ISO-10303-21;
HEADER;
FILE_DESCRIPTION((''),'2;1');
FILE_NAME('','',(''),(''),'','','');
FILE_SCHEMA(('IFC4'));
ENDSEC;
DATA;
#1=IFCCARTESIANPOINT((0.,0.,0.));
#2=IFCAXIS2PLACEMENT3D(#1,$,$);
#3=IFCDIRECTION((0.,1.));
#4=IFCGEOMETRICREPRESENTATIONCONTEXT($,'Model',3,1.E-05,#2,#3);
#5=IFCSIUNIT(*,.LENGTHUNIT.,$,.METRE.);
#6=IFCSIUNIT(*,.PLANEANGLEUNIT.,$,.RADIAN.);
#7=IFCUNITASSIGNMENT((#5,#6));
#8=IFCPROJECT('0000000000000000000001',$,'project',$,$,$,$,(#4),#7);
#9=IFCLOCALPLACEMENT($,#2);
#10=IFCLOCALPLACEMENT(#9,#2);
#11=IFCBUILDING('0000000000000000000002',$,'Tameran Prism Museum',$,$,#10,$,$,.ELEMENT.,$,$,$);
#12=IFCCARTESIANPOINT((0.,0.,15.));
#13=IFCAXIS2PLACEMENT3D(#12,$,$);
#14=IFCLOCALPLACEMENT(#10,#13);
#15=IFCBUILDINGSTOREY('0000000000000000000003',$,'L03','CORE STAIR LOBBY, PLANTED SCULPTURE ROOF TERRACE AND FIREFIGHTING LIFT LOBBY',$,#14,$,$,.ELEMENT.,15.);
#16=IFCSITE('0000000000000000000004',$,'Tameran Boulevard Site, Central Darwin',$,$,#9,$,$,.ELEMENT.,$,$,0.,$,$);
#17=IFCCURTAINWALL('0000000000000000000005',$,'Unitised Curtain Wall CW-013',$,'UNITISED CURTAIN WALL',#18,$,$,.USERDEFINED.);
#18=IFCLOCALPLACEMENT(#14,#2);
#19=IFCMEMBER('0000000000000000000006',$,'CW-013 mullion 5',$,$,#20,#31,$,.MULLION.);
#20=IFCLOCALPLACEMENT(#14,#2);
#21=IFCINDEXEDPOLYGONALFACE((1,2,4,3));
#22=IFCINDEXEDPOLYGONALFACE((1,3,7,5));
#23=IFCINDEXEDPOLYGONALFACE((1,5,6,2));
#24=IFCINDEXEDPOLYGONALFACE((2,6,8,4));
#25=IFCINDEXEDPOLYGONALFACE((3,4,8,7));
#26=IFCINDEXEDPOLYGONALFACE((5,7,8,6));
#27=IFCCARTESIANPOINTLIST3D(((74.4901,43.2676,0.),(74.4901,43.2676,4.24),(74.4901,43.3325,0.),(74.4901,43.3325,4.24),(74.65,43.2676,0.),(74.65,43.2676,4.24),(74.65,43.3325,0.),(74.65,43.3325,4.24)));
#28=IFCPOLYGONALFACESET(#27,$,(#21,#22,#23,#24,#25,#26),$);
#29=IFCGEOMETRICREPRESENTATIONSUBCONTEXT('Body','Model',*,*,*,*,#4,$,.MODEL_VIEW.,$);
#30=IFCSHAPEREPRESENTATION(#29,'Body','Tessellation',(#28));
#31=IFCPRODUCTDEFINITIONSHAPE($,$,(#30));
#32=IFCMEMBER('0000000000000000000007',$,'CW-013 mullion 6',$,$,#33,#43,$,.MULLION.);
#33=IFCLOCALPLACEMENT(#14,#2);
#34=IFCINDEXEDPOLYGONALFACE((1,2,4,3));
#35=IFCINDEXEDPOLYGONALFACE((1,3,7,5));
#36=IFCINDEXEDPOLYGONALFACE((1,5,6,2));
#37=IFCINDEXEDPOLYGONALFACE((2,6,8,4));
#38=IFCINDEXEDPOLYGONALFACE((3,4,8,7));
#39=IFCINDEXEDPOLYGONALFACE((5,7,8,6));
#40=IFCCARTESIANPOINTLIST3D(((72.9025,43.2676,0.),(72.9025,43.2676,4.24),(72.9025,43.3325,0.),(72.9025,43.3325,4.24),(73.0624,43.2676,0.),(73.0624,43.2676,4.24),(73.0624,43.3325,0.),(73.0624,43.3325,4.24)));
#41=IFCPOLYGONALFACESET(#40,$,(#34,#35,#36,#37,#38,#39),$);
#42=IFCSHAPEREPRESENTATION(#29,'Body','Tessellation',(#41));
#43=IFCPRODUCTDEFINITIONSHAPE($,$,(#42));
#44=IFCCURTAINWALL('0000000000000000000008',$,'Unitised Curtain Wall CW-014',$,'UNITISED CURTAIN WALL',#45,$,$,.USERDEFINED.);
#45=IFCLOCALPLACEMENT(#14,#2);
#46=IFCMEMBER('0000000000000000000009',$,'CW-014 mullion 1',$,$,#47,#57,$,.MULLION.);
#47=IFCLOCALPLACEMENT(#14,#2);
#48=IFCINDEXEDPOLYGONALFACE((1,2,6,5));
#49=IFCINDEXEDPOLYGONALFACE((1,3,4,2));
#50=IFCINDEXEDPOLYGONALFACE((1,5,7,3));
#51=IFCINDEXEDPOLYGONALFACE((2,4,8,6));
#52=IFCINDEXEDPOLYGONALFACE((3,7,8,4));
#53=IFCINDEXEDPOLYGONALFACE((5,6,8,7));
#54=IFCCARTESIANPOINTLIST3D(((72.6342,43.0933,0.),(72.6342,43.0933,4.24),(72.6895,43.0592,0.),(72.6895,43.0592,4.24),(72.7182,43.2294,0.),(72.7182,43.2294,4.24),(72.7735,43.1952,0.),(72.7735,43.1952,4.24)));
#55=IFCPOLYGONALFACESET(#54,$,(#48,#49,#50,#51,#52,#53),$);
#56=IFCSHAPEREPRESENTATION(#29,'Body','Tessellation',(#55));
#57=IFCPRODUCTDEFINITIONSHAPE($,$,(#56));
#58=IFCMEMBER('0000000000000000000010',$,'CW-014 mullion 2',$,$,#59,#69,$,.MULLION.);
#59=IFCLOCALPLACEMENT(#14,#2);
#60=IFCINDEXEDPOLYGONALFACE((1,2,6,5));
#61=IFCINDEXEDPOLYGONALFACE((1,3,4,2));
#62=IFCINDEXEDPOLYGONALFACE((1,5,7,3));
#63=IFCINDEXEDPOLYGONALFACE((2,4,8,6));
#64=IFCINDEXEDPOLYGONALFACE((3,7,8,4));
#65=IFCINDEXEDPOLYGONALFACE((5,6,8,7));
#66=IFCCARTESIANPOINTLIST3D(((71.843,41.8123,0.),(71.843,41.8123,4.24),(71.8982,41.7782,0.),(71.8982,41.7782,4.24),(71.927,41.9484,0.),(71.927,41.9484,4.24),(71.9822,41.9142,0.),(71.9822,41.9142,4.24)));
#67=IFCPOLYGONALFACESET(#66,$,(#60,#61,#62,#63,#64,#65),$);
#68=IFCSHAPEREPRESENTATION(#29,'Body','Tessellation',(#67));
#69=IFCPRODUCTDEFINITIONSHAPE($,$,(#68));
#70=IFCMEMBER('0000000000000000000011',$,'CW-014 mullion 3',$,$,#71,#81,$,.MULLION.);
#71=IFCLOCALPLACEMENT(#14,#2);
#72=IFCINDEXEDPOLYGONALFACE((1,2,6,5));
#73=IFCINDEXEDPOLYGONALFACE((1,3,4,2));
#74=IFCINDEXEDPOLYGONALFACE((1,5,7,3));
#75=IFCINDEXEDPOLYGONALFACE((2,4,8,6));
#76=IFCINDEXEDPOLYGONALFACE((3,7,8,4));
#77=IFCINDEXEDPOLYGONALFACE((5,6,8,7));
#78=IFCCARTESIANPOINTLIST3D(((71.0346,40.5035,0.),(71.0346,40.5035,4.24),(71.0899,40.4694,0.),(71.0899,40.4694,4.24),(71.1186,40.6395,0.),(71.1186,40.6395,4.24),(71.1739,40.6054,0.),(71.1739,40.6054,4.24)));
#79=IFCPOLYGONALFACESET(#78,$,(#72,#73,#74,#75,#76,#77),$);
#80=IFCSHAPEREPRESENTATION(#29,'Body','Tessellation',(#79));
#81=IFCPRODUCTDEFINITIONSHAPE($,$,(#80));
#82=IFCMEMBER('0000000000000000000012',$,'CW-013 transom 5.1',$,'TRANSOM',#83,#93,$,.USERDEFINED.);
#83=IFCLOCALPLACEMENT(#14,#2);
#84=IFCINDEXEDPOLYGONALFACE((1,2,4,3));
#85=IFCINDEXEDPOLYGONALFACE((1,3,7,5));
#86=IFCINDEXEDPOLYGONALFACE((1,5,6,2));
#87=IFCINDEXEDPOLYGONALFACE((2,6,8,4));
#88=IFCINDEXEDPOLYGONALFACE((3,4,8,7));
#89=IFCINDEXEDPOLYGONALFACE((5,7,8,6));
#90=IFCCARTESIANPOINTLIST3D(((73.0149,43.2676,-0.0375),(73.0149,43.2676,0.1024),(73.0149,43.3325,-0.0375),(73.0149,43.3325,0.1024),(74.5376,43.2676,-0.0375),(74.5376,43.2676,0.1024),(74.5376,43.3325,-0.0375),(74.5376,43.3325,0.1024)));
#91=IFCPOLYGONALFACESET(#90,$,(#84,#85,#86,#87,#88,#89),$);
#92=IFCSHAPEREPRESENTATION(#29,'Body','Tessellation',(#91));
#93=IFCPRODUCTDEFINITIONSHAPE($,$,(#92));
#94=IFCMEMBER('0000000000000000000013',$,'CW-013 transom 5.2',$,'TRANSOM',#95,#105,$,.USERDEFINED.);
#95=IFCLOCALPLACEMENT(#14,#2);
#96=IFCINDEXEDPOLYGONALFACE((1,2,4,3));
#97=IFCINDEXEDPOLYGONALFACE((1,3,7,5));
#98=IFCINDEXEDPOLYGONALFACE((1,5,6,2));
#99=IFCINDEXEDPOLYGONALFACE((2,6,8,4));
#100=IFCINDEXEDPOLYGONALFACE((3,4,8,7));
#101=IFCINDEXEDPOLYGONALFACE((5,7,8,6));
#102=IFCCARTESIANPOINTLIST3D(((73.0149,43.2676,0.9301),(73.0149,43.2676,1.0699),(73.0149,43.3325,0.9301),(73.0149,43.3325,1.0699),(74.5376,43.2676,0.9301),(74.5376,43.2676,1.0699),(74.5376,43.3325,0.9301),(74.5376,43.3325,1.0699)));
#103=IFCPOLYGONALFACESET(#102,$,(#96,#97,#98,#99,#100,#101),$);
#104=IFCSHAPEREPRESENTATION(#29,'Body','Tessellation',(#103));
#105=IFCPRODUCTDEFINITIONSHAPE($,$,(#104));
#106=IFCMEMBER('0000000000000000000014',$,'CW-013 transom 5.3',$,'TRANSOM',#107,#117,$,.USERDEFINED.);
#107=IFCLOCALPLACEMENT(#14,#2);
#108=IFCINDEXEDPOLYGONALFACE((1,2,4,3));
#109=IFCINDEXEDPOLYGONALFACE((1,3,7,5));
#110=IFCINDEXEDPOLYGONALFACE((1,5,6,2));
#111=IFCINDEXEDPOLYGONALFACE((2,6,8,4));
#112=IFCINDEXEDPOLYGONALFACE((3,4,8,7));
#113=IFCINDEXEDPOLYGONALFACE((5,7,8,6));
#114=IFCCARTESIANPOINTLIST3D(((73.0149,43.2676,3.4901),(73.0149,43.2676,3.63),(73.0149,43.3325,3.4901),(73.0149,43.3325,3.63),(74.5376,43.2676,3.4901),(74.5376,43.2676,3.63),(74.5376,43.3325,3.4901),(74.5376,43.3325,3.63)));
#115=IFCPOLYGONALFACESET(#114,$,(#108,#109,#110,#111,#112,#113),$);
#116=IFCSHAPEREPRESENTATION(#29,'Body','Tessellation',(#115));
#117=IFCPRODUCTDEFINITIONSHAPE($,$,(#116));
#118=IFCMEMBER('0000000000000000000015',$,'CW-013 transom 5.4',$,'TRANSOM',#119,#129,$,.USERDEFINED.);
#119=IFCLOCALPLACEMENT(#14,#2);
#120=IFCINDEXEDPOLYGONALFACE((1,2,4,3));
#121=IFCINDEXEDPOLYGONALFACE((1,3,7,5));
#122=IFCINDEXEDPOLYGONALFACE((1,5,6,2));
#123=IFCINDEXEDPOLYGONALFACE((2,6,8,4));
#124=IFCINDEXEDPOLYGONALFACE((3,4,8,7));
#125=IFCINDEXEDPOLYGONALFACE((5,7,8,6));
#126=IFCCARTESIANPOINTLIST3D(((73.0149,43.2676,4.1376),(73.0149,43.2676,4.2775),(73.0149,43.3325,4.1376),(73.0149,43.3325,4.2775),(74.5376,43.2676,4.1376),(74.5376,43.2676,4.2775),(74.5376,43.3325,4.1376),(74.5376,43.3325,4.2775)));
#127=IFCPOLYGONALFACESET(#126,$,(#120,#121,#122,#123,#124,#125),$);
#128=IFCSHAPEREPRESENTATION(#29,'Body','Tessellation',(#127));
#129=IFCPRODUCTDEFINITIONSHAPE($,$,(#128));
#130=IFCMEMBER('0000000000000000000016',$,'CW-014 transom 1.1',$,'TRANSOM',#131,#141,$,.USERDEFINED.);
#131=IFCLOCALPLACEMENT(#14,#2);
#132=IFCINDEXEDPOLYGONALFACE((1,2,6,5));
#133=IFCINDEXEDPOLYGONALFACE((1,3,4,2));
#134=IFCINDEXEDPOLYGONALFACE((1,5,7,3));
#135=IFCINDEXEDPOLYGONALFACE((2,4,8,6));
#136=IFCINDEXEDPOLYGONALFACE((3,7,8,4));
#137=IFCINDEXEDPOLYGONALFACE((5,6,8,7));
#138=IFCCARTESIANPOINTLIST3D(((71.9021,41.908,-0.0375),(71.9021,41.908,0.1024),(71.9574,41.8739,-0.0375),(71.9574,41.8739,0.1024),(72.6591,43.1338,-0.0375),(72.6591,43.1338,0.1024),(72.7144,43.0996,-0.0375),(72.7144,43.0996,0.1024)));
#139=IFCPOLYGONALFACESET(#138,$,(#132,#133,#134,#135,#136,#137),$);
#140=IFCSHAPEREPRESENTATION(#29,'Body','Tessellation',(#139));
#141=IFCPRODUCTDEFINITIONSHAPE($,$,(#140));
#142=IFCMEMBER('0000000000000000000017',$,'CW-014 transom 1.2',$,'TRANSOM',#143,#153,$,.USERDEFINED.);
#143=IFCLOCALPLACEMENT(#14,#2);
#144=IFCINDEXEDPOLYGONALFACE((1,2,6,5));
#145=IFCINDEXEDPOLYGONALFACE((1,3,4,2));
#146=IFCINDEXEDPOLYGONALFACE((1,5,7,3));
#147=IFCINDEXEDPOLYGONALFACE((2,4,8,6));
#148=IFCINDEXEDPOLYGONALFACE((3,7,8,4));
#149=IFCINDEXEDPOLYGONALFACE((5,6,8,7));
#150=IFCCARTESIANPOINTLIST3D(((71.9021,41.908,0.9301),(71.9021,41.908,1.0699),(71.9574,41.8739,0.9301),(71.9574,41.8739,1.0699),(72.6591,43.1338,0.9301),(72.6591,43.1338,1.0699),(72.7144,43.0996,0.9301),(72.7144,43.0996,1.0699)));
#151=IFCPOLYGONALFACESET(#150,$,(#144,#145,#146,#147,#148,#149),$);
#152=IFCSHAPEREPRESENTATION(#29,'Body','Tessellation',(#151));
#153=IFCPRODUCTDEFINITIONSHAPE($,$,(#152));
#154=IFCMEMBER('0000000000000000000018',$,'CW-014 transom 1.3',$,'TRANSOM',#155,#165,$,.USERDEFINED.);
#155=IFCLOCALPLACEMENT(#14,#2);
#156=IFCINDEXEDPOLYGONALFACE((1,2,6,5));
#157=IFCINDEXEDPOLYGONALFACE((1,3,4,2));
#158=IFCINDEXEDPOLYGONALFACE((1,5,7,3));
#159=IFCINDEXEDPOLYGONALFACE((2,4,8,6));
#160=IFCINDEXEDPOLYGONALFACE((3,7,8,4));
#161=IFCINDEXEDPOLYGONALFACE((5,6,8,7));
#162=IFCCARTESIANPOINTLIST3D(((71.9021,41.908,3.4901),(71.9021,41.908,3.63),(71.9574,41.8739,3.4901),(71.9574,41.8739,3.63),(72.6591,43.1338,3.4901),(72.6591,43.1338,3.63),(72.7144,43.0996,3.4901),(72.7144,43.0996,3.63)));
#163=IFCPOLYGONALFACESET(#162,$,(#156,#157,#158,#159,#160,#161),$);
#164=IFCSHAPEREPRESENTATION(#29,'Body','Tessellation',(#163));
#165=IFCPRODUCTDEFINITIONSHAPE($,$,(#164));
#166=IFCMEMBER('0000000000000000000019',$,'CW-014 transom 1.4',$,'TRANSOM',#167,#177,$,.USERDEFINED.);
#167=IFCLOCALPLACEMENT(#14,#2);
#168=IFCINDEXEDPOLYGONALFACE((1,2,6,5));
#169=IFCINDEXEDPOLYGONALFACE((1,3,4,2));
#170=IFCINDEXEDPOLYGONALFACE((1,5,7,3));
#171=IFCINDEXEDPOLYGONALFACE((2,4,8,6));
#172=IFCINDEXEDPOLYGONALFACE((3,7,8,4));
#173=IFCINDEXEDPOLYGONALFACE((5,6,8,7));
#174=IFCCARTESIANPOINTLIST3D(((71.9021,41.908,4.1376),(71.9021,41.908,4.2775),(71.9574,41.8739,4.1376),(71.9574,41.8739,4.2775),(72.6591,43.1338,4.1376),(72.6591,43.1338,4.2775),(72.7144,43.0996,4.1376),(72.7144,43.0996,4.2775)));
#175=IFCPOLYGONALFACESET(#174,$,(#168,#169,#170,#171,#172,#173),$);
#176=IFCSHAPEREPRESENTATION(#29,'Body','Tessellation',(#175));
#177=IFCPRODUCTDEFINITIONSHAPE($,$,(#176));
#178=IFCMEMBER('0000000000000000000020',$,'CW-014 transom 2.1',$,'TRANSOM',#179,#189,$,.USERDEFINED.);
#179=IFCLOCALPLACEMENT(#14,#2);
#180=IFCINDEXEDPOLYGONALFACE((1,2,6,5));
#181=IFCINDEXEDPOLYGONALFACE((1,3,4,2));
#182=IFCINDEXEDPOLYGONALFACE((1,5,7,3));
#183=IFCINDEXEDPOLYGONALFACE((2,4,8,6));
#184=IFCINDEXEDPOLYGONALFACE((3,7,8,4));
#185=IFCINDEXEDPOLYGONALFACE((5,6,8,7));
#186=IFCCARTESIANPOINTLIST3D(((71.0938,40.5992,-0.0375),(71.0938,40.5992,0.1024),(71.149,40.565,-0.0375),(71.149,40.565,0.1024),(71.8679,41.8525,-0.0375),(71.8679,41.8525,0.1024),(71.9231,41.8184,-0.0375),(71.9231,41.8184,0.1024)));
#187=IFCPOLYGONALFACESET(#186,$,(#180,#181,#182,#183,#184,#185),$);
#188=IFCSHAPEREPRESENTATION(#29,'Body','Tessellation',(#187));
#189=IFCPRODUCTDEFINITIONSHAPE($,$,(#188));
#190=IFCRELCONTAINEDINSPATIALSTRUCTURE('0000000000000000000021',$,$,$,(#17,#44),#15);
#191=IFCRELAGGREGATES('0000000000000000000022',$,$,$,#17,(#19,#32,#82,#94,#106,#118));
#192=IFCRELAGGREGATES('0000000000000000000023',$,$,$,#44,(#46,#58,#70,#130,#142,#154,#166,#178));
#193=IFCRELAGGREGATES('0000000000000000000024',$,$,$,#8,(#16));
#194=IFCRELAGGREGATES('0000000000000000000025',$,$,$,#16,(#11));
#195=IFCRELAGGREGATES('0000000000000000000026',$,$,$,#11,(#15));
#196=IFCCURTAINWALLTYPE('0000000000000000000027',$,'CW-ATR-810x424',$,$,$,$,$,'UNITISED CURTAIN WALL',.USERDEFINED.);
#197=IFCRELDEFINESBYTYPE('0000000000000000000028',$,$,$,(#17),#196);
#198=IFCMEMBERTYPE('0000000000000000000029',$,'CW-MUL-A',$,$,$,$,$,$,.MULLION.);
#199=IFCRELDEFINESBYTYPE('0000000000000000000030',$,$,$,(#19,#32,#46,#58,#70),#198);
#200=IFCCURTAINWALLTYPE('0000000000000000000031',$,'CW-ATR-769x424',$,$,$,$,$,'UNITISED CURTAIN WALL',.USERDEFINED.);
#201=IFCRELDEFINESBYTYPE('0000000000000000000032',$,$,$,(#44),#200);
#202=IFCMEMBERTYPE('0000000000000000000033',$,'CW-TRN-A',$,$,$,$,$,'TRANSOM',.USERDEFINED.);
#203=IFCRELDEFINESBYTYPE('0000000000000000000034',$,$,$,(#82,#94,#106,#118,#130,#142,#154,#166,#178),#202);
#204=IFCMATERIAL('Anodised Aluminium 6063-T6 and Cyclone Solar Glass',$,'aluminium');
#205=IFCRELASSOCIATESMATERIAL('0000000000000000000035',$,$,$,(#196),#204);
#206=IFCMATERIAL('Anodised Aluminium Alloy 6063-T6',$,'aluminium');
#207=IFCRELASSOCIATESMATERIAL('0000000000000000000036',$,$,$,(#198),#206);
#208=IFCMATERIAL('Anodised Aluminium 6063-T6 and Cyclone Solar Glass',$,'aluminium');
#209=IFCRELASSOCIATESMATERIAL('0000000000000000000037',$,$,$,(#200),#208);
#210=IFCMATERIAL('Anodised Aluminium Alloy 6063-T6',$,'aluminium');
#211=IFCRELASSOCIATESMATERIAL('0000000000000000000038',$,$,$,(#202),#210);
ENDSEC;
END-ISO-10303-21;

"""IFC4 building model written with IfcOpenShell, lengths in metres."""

from ifc_helpers import new_model, si_unit, direction, frame, origin, origin_2d, place, context, subcontext, project, spatial, rectangle, extrude, material, material_profile, profile_set, type_object, element, aggregate, save


model = new_model("IFC4")

# Units and contexts
model_context = context("Model", 3, precision=1e-05, world=origin(), true_north=direction((0.0, 1.0)))
body_context = subcontext(model_context, "Body", "Model", "MODEL_VIEW")
ifc_project = project(units=[si_unit("LENGTHUNIT", "METRE"), si_unit("PLANEANGLEUNIT", "RADIAN")], contexts=[model_context])

# Site, building, storey
site_placement = place(None, origin())
site = spatial("IfcSite", under=ifc_project, at=site_placement, Name="Tameran Boulevard Site, Central Darwin", CompositionType="ELEMENT", RefElevation=0.0)
building_placement = place(site_placement, origin())
building = spatial("IfcBuilding", under=site, at=building_placement, Name="Tameran Prism Museum", CompositionType="ELEMENT")
storey_placement = place(building_placement, frame((0.0, 0.0, 15.0)))
storey = spatial("IfcBuildingStorey", under=building, at=storey_placement, Name="L03", Description="CORE STAIR LOBBY, PLANTED SCULPTURE ROOF TERRACE AND FIREFIGHTING LIFT LOBBY", CompositionType="ELEMENT", Elevation=15.0)

# Curtain walls, members
ifc_material_1 = material(Name="Anodised Aluminium 6063-T6 and Cyclone Solar Glass", Category="aluminium")
curtain_wall_type_1 = type_object("IfcCurtainWallType", Name="CW-ATR-810x424", ElementType="UNITISED CURTAIN WALL", PredefinedType="USERDEFINED", material=ifc_material_1)
curtain_wall_1_placement = place(storey_placement, origin())
curtain_wall_1 = element("IfcCurtainWall", 1, at=curtain_wall_1_placement, inside=storey, type_object=curtain_wall_type_1, Name="Unitised Curtain Wall CW-013", ObjectType="UNITISED CURTAIN WALL", PredefinedType="USERDEFINED")
ifc_material_2 = material(Name="Anodised Aluminium Alloy 6063-T6", Category="aluminium")
ifc_material_profile_1 = material_profile(ifc_material_2, rectangle(XDim=0.0649, YDim=0.1599, at=origin_2d()))
ifc_profile_set_1 = profile_set([ifc_material_profile_1])
member_type_1 = type_object("IfcMemberType", Name="CW-MUL-A", PredefinedType="MULLION", material=ifc_profile_set_1)
member_1_placement = place(storey_placement, frame((74.5701, 43.3, 0.0), z_axis=(0.0, 0.0, 1.0), x_axis=(0.0, -1.0, 0.0)))
member_1 = element("IfcMember", 2, at=member_1_placement, type_object=member_type_1, Name="CW-013 mullion 5", PredefinedType="MULLION", context=body_context, shape_type="SweptSolid", body=[
    extrude(rectangle(XDim=0.0649, YDim=0.1599, at=origin_2d()), origin(), (0.0, 0.0, 1.0), 4.24),
])
member_2_placement = place(storey_placement, frame((72.9824, 43.3, 0.0), z_axis=(0.0, 0.0, 1.0), x_axis=(0.0, -1.0, 0.0)))
member_2 = element("IfcMember", 3, at=member_2_placement, type_object=member_type_1, Name="CW-013 mullion 6", PredefinedType="MULLION", context=body_context, shape_type="SweptSolid", body=[
    extrude(rectangle(XDim=0.0649, YDim=0.1599, at=origin_2d()), origin(), (0.0, 0.0, 1.0), 4.24),
])
ifc_material_3 = material(Name="Anodised Aluminium 6063-T6 and Cyclone Solar Glass", Category="aluminium")
curtain_wall_type_2 = type_object("IfcCurtainWallType", Name="CW-ATR-769x424", ElementType="UNITISED CURTAIN WALL", PredefinedType="USERDEFINED", material=ifc_material_3)
curtain_wall_2_placement = place(storey_placement, origin())
curtain_wall_2 = element("IfcCurtainWall", 4, at=curtain_wall_2_placement, inside=storey, type_object=curtain_wall_type_2, Name="Unitised Curtain Wall CW-014", ObjectType="UNITISED CURTAIN WALL", PredefinedType="USERDEFINED")
member_3_placement = place(storey_placement, frame((72.7039, 43.1443, 0.0), z_axis=(0.0, 0.0, 1.0), x_axis=(0.850791, -0.525504, 0.0)))
member_3 = element("IfcMember", 5, at=member_3_placement, type_object=member_type_1, Name="CW-014 mullion 1", PredefinedType="MULLION", context=body_context, shape_type="SweptSolid", body=[
    extrude(rectangle(XDim=0.0649, YDim=0.1599, at=origin_2d()), origin(), (0.0, 0.0, 1.0), 4.24),
])
member_4_placement = place(storey_placement, frame((71.9126, 41.8633, 0.0), z_axis=(0.0, 0.0, 1.0), x_axis=(0.850791, -0.525504, 0.0)))
member_4 = element("IfcMember", 6, at=member_4_placement, type_object=member_type_1, Name="CW-014 mullion 2", PredefinedType="MULLION", context=body_context, shape_type="SweptSolid", body=[
    extrude(rectangle(XDim=0.0649, YDim=0.1599, at=origin_2d()), origin(), (0.0, 0.0, 1.0), 4.24),
])
member_5_placement = place(storey_placement, frame((71.1042, 40.5544, 0.0), z_axis=(0.0, 0.0, 1.0), x_axis=(0.850791, -0.525504, 0.0)))
member_5 = element("IfcMember", 7, at=member_5_placement, type_object=member_type_1, Name="CW-014 mullion 3", PredefinedType="MULLION", context=body_context, shape_type="SweptSolid", body=[
    extrude(rectangle(XDim=0.0649, YDim=0.1599, at=origin_2d()), origin(), (0.0, 0.0, 1.0), 4.24),
])

# Members
ifc_material_4 = material(Name="Anodised Aluminium Alloy 6063-T6", Category="aluminium")
ifc_material_profile_2 = material_profile(ifc_material_4, rectangle(XDim=0.0649, YDim=0.1399, at=origin_2d()))
ifc_profile_set_2 = profile_set([ifc_material_profile_2])
member_type_2 = type_object("IfcMemberType", Name="CW-TRN-A", ElementType="TRANSOM", PredefinedType="USERDEFINED", material=ifc_profile_set_2)
member_6_placement = place(storey_placement, frame((74.5376, 43.3, 0.0325), z_axis=(-1.0, 0.0, 0.0), x_axis=(0.0, -1.0, 0.0)))
member_6 = element("IfcMember", 8, at=member_6_placement, type_object=member_type_2, Name="CW-013 transom 5.1", ObjectType="TRANSOM", PredefinedType="USERDEFINED", context=body_context, shape_type="SweptSolid", body=[
    extrude(rectangle(XDim=0.0649, YDim=0.1399, at=origin_2d()), origin(), (0.0, 0.0, 1.0), 1.5227),
])
member_7_placement = place(storey_placement, frame((74.5376, 43.3, 1.0), z_axis=(-1.0, 0.0, 0.0), x_axis=(0.0, -1.0, 0.0)))
member_7 = element("IfcMember", 9, at=member_7_placement, type_object=member_type_2, Name="CW-013 transom 5.2", ObjectType="TRANSOM", PredefinedType="USERDEFINED", context=body_context, shape_type="SweptSolid", body=[
    extrude(rectangle(XDim=0.0649, YDim=0.1399, at=origin_2d()), origin(), (0.0, 0.0, 1.0), 1.5227),
])
member_8_placement = place(storey_placement, frame((74.5376, 43.3, 3.5601), z_axis=(-1.0, 0.0, 0.0), x_axis=(0.0, -1.0, 0.0)))
member_8 = element("IfcMember", 10, at=member_8_placement, type_object=member_type_2, Name="CW-013 transom 5.3", ObjectType="TRANSOM", PredefinedType="USERDEFINED", context=body_context, shape_type="SweptSolid", body=[
    extrude(rectangle(XDim=0.0649, YDim=0.1399, at=origin_2d()), origin(), (0.0, 0.0, 1.0), 1.5227),
])
member_9_placement = place(storey_placement, frame((74.5376, 43.3, 4.2075), z_axis=(-1.0, 0.0, 0.0), x_axis=(0.0, -1.0, 0.0)))
member_9 = element("IfcMember", 11, at=member_9_placement, type_object=member_type_2, Name="CW-013 transom 5.4", ObjectType="TRANSOM", PredefinedType="USERDEFINED", context=body_context, shape_type="SweptSolid", body=[
    extrude(rectangle(XDim=0.0649, YDim=0.1399, at=origin_2d()), origin(), (0.0, 0.0, 1.0), 1.5227),
])
member_10_placement = place(storey_placement, frame((72.6868, 43.1167, 0.0325), z_axis=(-0.525468, -0.850814, 0.0), x_axis=(0.850814, -0.525468, 0.0)))
member_10 = element("IfcMember", 12, at=member_10_placement, type_object=member_type_2, Name="CW-014 transom 1.1", ObjectType="TRANSOM", PredefinedType="USERDEFINED", context=body_context, shape_type="SweptSolid", body=[
    extrude(rectangle(XDim=0.0649, YDim=0.1399, at=origin_2d()), origin(), (0.0, 0.0, 1.0), 1.4407),
])
member_11_placement = place(storey_placement, frame((72.6868, 43.1167, 1.0), z_axis=(-0.525468, -0.850814, 0.0), x_axis=(0.850814, -0.525468, 0.0)))
member_11 = element("IfcMember", 13, at=member_11_placement, type_object=member_type_2, Name="CW-014 transom 1.2", ObjectType="TRANSOM", PredefinedType="USERDEFINED", context=body_context, shape_type="SweptSolid", body=[
    extrude(rectangle(XDim=0.0649, YDim=0.1399, at=origin_2d()), origin(), (0.0, 0.0, 1.0), 1.4407),
])
member_12_placement = place(storey_placement, frame((72.6868, 43.1167, 3.5601), z_axis=(-0.525468, -0.850814, 0.0), x_axis=(0.850814, -0.525468, 0.0)))
member_12 = element("IfcMember", 14, at=member_12_placement, type_object=member_type_2, Name="CW-014 transom 1.3", ObjectType="TRANSOM", PredefinedType="USERDEFINED", context=body_context, shape_type="SweptSolid", body=[
    extrude(rectangle(XDim=0.0649, YDim=0.1399, at=origin_2d()), origin(), (0.0, 0.0, 1.0), 1.4407),
])
member_13_placement = place(storey_placement, frame((72.6868, 43.1167, 4.2075), z_axis=(-0.525468, -0.850814, 0.0), x_axis=(0.850814, -0.525468, 0.0)))
member_13 = element("IfcMember", 15, at=member_13_placement, type_object=member_type_2, Name="CW-014 transom 1.4", ObjectType="TRANSOM", PredefinedType="USERDEFINED", context=body_context, shape_type="SweptSolid", body=[
    extrude(rectangle(XDim=0.0649, YDim=0.1399, at=origin_2d()), origin(), (0.0, 0.0, 1.0), 1.4407),
])
member_14_placement = place(storey_placement, frame((71.8955, 41.8354, 0.0325), z_axis=(-0.525493, -0.850798, 0.0), x_axis=(0.850798, -0.525493, 0.0)))
member_14 = element("IfcMember", 16, at=member_14_placement, type_object=member_type_2, Name="CW-014 transom 2.1", ObjectType="TRANSOM", PredefinedType="USERDEFINED", context=body_context, shape_type="SweptSolid", body=[
    extrude(rectangle(XDim=0.0649, YDim=0.1399, at=origin_2d()), origin(), (0.0, 0.0, 1.0), 1.4731),
])

aggregate(curtain_wall_1, [member_1, member_2, member_6, member_7, member_8, member_9])
aggregate(curtain_wall_2, [member_3, member_4, member_5, member_10, member_11, member_12, member_13, member_14])

save(model, "model.ifc")
